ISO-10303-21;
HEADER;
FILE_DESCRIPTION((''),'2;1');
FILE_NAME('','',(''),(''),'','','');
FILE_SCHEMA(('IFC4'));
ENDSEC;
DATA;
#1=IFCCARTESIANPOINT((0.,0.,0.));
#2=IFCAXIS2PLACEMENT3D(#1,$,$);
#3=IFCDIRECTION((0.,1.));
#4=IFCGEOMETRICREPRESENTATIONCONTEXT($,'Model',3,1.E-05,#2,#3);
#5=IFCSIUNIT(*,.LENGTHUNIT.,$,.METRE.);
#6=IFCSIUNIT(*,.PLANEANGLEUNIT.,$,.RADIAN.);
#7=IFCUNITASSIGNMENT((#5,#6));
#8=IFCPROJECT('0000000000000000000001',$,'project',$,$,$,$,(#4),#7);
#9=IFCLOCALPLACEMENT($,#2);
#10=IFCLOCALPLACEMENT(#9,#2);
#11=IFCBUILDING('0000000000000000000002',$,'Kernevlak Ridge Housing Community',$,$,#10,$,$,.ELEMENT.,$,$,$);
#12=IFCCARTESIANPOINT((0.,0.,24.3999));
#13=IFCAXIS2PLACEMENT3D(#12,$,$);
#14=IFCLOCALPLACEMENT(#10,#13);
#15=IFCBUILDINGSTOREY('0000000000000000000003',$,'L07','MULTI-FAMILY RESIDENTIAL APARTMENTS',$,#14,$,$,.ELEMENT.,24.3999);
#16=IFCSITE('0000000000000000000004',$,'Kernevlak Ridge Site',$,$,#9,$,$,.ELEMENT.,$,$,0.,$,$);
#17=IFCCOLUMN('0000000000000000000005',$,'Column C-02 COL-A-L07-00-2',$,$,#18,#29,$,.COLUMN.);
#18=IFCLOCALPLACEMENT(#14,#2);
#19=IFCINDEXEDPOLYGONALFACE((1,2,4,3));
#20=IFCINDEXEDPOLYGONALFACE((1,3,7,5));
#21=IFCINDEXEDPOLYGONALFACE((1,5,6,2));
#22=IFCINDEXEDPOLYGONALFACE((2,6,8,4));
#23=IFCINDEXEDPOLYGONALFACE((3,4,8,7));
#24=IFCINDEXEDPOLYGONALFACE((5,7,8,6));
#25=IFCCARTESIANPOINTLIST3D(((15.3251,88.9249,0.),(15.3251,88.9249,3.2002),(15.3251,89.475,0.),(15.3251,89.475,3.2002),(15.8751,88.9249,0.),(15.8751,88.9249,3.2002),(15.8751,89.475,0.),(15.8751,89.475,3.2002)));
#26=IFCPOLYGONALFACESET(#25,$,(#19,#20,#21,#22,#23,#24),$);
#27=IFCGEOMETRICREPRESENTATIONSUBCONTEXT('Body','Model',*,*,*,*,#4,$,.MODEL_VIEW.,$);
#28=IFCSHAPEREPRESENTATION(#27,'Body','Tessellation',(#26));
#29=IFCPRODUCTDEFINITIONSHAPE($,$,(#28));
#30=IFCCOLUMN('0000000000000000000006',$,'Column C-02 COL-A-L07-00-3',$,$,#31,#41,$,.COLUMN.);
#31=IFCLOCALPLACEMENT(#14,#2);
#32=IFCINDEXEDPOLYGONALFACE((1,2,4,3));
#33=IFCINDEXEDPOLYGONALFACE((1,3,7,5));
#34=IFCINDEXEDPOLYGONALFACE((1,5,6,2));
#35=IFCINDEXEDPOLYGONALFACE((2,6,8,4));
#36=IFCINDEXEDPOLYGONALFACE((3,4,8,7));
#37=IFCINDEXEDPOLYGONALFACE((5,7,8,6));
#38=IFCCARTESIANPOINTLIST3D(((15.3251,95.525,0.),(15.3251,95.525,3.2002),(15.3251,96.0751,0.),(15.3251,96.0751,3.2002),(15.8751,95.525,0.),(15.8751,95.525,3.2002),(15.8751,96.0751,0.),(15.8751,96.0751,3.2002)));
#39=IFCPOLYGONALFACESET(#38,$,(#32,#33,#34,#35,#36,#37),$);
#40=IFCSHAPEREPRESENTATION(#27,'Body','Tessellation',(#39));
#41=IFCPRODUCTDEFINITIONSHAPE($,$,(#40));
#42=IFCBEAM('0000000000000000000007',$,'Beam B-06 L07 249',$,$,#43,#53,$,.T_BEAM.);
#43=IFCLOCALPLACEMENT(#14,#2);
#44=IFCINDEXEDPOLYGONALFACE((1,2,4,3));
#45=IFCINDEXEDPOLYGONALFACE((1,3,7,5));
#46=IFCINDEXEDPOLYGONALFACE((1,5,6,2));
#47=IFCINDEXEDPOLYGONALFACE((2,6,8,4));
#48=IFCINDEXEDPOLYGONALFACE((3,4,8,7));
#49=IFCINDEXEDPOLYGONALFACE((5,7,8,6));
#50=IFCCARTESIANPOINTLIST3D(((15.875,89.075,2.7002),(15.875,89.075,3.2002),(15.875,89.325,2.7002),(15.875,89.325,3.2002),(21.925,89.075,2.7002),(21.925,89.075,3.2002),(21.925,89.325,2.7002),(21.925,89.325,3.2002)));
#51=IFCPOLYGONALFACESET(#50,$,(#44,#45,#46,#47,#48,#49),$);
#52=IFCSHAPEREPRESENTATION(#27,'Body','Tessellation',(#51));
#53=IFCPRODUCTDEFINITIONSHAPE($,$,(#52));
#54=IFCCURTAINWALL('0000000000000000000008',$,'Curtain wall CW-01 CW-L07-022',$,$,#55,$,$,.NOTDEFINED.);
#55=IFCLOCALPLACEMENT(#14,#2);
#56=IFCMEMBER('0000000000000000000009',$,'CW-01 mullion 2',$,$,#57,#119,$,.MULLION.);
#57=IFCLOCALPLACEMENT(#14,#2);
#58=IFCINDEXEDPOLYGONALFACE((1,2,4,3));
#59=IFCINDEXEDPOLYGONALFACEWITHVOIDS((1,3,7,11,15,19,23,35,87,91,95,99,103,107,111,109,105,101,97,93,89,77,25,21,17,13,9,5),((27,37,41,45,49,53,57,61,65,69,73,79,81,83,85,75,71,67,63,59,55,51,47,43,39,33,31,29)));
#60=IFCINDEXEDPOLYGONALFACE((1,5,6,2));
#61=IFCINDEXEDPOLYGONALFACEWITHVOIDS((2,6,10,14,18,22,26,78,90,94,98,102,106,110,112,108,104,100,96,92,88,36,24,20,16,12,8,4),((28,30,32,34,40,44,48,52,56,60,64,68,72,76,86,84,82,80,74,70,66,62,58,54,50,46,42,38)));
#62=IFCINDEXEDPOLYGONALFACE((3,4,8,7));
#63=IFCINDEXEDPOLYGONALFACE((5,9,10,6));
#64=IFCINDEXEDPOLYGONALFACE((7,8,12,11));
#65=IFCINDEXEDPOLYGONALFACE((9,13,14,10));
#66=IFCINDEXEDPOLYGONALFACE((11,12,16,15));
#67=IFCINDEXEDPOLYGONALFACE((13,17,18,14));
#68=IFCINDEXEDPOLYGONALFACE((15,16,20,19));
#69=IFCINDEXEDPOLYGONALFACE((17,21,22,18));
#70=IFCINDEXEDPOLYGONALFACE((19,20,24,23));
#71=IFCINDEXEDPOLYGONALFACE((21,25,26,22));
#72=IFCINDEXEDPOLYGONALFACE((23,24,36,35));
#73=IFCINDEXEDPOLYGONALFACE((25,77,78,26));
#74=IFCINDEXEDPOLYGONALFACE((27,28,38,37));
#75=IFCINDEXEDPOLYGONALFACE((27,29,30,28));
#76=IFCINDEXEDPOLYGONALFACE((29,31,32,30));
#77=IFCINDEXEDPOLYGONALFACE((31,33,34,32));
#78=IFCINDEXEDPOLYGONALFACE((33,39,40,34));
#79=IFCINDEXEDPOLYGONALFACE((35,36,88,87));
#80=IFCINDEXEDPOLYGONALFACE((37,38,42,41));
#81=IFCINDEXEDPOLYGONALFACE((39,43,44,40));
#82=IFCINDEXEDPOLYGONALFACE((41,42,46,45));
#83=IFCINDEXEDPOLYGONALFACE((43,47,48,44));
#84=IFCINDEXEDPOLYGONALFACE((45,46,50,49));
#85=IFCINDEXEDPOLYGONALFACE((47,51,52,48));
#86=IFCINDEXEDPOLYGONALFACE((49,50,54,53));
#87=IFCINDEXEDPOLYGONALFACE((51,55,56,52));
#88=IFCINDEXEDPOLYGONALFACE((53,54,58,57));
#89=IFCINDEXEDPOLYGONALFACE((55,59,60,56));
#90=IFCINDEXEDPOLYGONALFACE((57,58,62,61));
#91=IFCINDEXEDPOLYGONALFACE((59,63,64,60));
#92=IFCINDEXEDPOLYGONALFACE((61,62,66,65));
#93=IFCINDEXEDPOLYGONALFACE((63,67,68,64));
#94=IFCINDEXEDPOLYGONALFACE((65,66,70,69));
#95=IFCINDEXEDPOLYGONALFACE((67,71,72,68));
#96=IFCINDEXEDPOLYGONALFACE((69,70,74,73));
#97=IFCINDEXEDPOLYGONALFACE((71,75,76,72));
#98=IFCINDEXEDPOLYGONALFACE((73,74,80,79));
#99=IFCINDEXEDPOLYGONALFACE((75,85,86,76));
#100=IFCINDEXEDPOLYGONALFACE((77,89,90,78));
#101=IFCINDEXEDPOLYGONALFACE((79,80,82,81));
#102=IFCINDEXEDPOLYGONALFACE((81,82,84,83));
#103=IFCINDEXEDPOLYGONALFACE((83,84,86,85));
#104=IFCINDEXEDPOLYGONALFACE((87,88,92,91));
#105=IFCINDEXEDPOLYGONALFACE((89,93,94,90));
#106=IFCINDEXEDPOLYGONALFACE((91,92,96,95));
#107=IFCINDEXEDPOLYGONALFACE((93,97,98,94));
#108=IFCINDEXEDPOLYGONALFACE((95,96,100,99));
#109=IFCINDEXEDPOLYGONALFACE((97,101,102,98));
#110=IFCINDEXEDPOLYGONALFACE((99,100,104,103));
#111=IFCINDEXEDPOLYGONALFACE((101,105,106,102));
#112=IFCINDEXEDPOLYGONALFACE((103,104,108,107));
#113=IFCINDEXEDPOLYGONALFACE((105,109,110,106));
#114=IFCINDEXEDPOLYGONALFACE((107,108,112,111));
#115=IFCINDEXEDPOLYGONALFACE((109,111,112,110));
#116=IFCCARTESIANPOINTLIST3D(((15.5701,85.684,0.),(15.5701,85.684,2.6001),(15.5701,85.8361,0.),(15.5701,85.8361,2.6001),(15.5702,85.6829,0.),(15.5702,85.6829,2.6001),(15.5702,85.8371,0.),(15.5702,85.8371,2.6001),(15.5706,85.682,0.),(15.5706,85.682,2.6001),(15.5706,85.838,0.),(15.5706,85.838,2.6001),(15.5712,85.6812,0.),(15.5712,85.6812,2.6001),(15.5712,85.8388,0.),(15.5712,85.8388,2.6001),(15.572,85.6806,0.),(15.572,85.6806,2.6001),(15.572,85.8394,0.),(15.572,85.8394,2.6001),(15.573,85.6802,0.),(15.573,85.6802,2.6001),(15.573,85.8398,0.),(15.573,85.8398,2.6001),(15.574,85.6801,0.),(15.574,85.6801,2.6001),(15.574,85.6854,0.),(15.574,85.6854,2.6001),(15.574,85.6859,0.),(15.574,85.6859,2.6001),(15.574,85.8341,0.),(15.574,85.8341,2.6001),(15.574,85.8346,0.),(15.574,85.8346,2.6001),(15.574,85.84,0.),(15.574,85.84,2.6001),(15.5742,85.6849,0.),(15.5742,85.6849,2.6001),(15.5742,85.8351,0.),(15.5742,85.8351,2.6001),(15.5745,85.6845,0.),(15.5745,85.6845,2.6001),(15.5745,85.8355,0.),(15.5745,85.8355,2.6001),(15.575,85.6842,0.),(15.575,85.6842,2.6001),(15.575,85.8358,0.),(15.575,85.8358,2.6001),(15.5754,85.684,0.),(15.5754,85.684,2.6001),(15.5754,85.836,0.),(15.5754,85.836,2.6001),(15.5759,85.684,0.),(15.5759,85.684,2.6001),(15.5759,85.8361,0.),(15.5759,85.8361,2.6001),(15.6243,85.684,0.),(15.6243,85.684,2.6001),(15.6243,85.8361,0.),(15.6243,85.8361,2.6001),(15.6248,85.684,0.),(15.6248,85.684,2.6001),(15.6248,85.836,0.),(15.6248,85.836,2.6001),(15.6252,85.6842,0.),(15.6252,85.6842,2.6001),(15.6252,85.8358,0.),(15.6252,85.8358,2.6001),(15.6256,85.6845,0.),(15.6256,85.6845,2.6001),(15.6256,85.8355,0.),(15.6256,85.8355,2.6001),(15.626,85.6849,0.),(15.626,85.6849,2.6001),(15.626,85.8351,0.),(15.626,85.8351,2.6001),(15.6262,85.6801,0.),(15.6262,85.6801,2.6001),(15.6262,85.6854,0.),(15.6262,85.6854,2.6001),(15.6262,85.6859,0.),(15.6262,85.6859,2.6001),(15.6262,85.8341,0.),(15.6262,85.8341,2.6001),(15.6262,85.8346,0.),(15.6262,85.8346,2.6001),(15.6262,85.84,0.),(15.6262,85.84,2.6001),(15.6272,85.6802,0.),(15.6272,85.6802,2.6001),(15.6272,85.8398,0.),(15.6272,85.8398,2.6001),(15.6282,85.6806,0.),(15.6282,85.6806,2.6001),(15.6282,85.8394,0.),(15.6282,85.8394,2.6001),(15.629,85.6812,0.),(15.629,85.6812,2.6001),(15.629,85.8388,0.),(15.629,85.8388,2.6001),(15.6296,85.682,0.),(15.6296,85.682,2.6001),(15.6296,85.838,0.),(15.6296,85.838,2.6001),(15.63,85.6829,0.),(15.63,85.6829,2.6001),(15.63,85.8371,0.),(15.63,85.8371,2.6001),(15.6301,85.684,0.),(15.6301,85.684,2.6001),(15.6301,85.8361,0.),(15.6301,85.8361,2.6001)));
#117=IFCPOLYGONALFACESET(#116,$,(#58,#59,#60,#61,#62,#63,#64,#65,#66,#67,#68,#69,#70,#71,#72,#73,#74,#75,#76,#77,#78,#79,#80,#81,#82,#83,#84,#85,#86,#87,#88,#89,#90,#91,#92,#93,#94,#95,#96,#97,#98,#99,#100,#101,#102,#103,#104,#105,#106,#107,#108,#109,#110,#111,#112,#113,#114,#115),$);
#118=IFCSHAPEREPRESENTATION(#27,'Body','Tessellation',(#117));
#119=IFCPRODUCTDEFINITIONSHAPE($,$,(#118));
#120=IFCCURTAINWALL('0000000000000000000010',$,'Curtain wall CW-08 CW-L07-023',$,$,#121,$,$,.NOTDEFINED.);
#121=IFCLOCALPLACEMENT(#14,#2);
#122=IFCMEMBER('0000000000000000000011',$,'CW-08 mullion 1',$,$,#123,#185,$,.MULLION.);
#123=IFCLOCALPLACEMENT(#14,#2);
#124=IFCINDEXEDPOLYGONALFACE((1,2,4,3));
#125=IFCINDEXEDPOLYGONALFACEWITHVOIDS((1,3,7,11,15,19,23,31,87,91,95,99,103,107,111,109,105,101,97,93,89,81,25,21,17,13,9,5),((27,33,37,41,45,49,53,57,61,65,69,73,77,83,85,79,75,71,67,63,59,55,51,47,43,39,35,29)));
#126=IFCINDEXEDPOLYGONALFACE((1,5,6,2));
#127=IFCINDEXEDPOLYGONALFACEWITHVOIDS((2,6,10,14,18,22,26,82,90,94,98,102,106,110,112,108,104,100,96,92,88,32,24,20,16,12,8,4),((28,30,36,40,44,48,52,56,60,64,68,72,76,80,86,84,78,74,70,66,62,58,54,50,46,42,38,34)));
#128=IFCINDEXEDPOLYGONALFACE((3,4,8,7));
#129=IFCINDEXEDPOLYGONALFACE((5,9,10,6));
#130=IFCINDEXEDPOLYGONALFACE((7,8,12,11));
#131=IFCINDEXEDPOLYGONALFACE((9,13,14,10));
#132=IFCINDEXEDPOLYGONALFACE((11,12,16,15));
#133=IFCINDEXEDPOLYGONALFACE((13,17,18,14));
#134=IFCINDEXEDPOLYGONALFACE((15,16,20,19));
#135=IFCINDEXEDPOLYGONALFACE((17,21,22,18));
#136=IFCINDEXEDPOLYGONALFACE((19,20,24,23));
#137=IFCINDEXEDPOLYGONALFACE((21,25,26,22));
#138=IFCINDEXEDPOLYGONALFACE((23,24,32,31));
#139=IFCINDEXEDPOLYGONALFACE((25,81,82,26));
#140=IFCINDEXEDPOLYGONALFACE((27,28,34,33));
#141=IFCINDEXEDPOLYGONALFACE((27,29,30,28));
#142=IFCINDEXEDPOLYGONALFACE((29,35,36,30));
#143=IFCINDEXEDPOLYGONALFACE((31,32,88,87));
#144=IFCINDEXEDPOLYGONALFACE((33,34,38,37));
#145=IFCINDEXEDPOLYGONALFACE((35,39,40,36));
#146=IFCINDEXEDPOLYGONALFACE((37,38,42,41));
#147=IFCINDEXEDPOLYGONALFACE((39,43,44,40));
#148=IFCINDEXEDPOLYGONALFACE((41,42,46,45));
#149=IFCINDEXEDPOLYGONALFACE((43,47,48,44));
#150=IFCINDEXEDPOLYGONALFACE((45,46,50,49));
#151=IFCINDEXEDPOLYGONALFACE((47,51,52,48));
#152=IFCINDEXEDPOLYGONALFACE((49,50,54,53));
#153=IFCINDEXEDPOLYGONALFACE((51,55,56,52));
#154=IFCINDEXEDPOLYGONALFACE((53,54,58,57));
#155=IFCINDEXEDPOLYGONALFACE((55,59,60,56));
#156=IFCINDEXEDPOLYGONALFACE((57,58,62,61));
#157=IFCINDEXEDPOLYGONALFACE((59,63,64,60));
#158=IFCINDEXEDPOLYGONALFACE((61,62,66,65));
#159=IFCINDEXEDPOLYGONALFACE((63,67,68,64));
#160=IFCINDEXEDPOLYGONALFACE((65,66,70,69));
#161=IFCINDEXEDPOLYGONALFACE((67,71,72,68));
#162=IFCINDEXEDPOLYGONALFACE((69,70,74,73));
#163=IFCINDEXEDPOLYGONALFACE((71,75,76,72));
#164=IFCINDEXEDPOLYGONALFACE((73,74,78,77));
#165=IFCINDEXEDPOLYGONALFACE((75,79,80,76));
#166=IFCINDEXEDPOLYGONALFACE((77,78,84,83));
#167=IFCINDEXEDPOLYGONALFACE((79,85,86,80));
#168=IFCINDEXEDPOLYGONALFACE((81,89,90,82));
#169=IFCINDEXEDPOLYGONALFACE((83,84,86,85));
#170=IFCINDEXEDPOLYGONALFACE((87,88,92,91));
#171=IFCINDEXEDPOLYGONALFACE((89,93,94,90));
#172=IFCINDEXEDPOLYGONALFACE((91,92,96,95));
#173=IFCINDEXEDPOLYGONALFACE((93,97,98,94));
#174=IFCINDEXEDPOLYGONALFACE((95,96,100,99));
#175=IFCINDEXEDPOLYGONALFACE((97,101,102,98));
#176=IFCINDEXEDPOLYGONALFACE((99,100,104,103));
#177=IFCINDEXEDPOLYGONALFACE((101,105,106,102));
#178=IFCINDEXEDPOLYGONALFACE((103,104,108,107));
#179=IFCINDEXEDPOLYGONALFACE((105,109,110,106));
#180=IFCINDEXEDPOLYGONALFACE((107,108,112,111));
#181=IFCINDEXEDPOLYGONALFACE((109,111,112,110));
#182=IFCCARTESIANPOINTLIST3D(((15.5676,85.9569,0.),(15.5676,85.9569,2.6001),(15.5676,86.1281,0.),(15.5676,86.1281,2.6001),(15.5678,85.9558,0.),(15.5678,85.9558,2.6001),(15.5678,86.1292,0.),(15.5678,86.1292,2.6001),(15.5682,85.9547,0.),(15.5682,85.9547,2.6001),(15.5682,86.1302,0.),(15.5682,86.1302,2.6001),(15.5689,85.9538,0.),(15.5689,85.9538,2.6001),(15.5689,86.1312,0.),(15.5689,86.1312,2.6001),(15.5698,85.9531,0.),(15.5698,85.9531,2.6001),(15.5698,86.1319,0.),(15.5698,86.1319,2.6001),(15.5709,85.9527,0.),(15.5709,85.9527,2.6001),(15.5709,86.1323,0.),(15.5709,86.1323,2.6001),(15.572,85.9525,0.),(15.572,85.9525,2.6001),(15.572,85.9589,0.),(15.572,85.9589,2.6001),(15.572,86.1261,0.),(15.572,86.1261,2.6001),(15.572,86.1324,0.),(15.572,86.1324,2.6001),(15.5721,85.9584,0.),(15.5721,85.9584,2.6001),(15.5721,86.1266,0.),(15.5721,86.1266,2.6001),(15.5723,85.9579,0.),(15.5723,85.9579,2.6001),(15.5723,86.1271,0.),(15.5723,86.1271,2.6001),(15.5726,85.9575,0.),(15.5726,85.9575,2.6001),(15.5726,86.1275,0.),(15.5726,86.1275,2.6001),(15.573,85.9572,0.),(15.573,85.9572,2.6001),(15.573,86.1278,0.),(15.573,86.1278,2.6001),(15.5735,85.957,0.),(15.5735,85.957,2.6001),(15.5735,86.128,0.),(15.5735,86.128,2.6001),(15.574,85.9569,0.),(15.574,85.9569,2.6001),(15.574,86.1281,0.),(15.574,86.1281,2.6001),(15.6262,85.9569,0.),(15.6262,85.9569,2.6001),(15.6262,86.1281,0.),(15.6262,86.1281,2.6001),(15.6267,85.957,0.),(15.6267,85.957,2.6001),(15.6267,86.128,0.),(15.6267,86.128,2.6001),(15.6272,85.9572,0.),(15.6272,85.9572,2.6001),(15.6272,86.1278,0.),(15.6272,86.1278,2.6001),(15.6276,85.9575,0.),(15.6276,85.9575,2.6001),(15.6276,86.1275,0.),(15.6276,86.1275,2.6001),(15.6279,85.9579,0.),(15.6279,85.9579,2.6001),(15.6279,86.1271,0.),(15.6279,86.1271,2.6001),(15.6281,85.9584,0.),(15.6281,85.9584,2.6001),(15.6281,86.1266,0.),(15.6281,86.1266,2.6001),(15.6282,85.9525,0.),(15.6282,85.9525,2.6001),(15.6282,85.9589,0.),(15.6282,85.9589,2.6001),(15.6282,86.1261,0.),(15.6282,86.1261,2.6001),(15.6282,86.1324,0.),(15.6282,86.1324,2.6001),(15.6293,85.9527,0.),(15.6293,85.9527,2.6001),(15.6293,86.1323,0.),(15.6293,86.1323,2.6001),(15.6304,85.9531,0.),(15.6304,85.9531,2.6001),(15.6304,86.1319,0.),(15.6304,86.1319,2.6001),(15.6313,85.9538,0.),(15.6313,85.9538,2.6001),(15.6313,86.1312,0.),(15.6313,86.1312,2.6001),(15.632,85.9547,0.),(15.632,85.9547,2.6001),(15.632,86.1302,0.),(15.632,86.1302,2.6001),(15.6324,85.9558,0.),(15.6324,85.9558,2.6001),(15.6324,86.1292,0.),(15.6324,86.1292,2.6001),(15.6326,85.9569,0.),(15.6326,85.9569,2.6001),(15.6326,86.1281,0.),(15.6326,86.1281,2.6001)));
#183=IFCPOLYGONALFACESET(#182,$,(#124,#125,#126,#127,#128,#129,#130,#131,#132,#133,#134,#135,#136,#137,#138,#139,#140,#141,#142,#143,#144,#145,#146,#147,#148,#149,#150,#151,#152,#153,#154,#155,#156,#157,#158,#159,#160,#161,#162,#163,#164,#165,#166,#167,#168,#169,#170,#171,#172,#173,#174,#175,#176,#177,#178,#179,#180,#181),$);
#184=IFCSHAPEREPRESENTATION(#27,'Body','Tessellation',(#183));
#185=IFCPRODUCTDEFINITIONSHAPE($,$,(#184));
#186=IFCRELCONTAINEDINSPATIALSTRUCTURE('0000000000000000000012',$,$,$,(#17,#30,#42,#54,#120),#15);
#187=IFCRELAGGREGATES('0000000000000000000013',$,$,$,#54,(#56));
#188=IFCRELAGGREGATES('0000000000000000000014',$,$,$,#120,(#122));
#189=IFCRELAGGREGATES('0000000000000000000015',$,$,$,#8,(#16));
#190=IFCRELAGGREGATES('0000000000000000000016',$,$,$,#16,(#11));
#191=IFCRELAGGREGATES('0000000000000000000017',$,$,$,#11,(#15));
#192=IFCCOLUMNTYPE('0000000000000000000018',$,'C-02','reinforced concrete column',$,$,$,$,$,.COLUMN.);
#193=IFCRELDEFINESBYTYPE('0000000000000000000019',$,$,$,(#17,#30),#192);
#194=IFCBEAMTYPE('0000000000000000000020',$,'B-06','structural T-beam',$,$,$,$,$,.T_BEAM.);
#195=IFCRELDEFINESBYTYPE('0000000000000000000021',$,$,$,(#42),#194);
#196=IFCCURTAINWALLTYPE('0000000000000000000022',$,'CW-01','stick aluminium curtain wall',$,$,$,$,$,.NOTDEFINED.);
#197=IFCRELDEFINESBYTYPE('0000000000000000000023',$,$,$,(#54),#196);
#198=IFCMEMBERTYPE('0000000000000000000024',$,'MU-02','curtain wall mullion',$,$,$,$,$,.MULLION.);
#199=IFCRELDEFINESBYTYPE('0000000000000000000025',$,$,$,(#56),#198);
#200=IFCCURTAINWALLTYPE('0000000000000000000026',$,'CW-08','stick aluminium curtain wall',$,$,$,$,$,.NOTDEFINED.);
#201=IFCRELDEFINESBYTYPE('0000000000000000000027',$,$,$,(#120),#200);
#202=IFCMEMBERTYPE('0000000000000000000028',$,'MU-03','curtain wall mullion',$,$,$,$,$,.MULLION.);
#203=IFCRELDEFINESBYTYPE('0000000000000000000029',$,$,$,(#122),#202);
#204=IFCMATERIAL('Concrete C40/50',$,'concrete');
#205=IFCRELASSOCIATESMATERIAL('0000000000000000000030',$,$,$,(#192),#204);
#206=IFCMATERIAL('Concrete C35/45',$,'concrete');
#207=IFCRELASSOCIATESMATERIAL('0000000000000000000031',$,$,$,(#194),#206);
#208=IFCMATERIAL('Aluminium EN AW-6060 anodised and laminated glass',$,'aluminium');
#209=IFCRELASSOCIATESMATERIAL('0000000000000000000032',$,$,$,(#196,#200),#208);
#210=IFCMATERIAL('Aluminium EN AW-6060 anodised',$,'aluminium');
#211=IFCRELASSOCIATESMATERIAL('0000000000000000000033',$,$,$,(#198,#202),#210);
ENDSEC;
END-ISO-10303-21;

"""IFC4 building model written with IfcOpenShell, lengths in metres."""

from ifc_helpers import new_model, si_unit, direction, frame, origin, origin_2d, place, context, subcontext, project, spatial, rectangle, hollow_rectangle, extrude, material, material_profile, profile_set, type_object, element, aggregate, save


model = new_model("IFC4")

# Units and contexts
model_context = context("Model", 3, precision=1e-05, world=origin(), true_north=direction((0.0, 1.0)))
body_context = subcontext(model_context, "Body", "Model", "MODEL_VIEW")
ifc_project = project(units=[si_unit("LENGTHUNIT", "METRE"), si_unit("PLANEANGLEUNIT", "RADIAN")], contexts=[model_context])

# Site, building, storey
site_placement = place(None, origin())
site = spatial("IfcSite", under=ifc_project, at=site_placement, Name="Kernevlak Ridge Site", CompositionType="ELEMENT", RefElevation=0.0)
building_placement = place(site_placement, origin())
building = spatial("IfcBuilding", under=site, at=building_placement, Name="Kernevlak Ridge Housing Community", CompositionType="ELEMENT")
storey_placement = place(building_placement, frame((0.0, 0.0, 24.3999)))
storey = spatial("IfcBuildingStorey", under=building, at=storey_placement, Name="L07", Description="MULTI-FAMILY RESIDENTIAL APARTMENTS", CompositionType="ELEMENT", Elevation=24.3999)

# Columns
ifc_material_1 = material(Name="Concrete C40/50", Category="concrete")
ifc_material_profile_1 = material_profile(ifc_material_1, rectangle(XDim=0.55, YDim=0.55, at=origin_2d()), Name="RC 550x550")
ifc_profile_set_1 = profile_set([ifc_material_profile_1], Name="Concrete C40/50")
column_type = type_object("IfcColumnType", Name="C-02", Description="reinforced concrete column", PredefinedType="COLUMN", material=ifc_profile_set_1)
for number, where, z_axis, x_axis, name in (
    (1, (15.6001, 89.2, 0.0), (0.0, 0.0, 1.0), (1.0, 0.0, 0.0), "Column C-02 COL-A-L07-00-2"),
    (2, (15.6001, 95.8, 0.0), (0.0, 0.0, 1.0), (1.0, 0.0, 0.0), "Column C-02 COL-A-L07-00-3"),
):
    element("IfcColumn", number, at=place(storey_placement, frame(where, z_axis=z_axis, x_axis=x_axis)), inside=storey, type_object=column_type, Name=name, PredefinedType="COLUMN", context=body_context, shape_type="SweptSolid", body=[
        extrude(rectangle(XDim=0.55, YDim=0.55, at=origin_2d()), origin(), (0.0, 0.0, 1.0), 3.2002),
    ])

# Beam
ifc_material_2 = material(Name="Concrete C35/45", Category="concrete")
ifc_material_profile_2 = material_profile(ifc_material_2, rectangle(XDim=0.25, YDim=0.5, at=origin_2d()), Name="RC 250x500")
ifc_profile_set_2 = profile_set([ifc_material_profile_2], Name="Concrete C35/45")
beam_type_1 = type_object("IfcBeamType", Name="B-06", Description="structural T-beam", PredefinedType="T_BEAM", material=ifc_profile_set_2)
beam_1_placement = place(storey_placement, frame((15.875, 89.2, 2.9502), z_axis=(1.0, 0.0, 0.0), x_axis=(0.0, 1.0, 0.0)))
element("IfcBeam", 3, at=beam_1_placement, inside=storey, type_object=beam_type_1, Name="Beam B-06 L07 249", PredefinedType="T_BEAM", context=body_context, shape_type="SweptSolid", body=[
    extrude(rectangle(XDim=0.25, YDim=0.5, at=origin_2d()), origin(), (0.0, 0.0, 1.0), 6.05),
])

# Curtain wall, member
ifc_material_3 = material(Name="Aluminium EN AW-6060 anodised and laminated glass", Category="aluminium")
curtain_wall_type_1 = type_object("IfcCurtainWallType", Name="CW-01", Description="stick aluminium curtain wall", PredefinedType="NOTDEFINED", material=ifc_material_3)
curtain_wall_1_placement = place(storey_placement, origin())
curtain_wall_1 = element("IfcCurtainWall", 4, at=curtain_wall_1_placement, inside=storey, type_object=curtain_wall_type_1, Name="Curtain wall CW-01 CW-L07-022", PredefinedType="NOTDEFINED")
ifc_material_4 = material(Name="Aluminium EN AW-6060 anodised", Category="aluminium")
ifc_material_profile_3 = material_profile(ifc_material_4, hollow_rectangle(XDim=0.0601, YDim=0.1599, WallThickness=0.0039, InnerFilletRadius=0.002, OuterFilletRadius=0.0039, at=origin_2d()), Name="ALU 60x160x4")
ifc_profile_set_3 = profile_set([ifc_material_profile_3], Name="Aluminium EN AW-6060 anodised")
member_type_1 = type_object("IfcMemberType", Name="MU-02", Description="curtain wall mullion", PredefinedType="MULLION", material=ifc_profile_set_3)
member_1_placement = place(storey_placement, frame((15.6001, 85.76, 0.0), z_axis=(0.0, 0.0, 1.0), x_axis=(-1.0, 0.0, 0.0)))
member_1 = element("IfcMember", 5, at=member_1_placement, type_object=member_type_1, Name="CW-01 mullion 2", PredefinedType="MULLION", context=body_context, shape_type="SweptSolid", body=[
    extrude(hollow_rectangle(XDim=0.0601, YDim=0.1599, WallThickness=0.0039, InnerFilletRadius=0.002, OuterFilletRadius=0.0039, at=origin_2d()), origin(), (0.0, 0.0, 1.0), 2.6001),
])
aggregate(curtain_wall_1, [member_1])

# Curtain wall, member
curtain_wall_type_2 = type_object("IfcCurtainWallType", Name="CW-08", Description="stick aluminium curtain wall", PredefinedType="NOTDEFINED", material=ifc_material_3)
curtain_wall_2_placement = place(storey_placement, origin())
curtain_wall_2 = element("IfcCurtainWall", 6, at=curtain_wall_2_placement, inside=storey, type_object=curtain_wall_type_2, Name="Curtain wall CW-08 CW-L07-023", PredefinedType="NOTDEFINED")
ifc_material_profile_4 = material_profile(ifc_material_4, hollow_rectangle(XDim=0.0649, YDim=0.1799, WallThickness=0.0044, InnerFilletRadius=0.002, OuterFilletRadius=0.0044, at=origin_2d()), Name="ALU 65x180x4.5")
ifc_profile_set_4 = profile_set([ifc_material_profile_4], Name="Aluminium EN AW-6060 anodised")
member_type_2 = type_object("IfcMemberType", Name="MU-03", Description="curtain wall mullion", PredefinedType="MULLION", material=ifc_profile_set_4)
member_2_placement = place(storey_placement, frame((15.6001, 86.0425, 0.0), z_axis=(0.0, 0.0, 1.0), x_axis=(-1.0, 0.0, 0.0)))
member_2 = element("IfcMember", 7, at=member_2_placement, type_object=member_type_2, Name="CW-08 mullion 1", PredefinedType="MULLION", context=body_context, shape_type="SweptSolid", body=[
    extrude(hollow_rectangle(XDim=0.0649, YDim=0.1799, WallThickness=0.0044, InnerFilletRadius=0.002, OuterFilletRadius=0.0044, at=origin_2d()), origin(), (0.0, 0.0, 1.0), 2.6001),
])

aggregate(curtain_wall_2, [member_2])

save(model, "model.ifc")
